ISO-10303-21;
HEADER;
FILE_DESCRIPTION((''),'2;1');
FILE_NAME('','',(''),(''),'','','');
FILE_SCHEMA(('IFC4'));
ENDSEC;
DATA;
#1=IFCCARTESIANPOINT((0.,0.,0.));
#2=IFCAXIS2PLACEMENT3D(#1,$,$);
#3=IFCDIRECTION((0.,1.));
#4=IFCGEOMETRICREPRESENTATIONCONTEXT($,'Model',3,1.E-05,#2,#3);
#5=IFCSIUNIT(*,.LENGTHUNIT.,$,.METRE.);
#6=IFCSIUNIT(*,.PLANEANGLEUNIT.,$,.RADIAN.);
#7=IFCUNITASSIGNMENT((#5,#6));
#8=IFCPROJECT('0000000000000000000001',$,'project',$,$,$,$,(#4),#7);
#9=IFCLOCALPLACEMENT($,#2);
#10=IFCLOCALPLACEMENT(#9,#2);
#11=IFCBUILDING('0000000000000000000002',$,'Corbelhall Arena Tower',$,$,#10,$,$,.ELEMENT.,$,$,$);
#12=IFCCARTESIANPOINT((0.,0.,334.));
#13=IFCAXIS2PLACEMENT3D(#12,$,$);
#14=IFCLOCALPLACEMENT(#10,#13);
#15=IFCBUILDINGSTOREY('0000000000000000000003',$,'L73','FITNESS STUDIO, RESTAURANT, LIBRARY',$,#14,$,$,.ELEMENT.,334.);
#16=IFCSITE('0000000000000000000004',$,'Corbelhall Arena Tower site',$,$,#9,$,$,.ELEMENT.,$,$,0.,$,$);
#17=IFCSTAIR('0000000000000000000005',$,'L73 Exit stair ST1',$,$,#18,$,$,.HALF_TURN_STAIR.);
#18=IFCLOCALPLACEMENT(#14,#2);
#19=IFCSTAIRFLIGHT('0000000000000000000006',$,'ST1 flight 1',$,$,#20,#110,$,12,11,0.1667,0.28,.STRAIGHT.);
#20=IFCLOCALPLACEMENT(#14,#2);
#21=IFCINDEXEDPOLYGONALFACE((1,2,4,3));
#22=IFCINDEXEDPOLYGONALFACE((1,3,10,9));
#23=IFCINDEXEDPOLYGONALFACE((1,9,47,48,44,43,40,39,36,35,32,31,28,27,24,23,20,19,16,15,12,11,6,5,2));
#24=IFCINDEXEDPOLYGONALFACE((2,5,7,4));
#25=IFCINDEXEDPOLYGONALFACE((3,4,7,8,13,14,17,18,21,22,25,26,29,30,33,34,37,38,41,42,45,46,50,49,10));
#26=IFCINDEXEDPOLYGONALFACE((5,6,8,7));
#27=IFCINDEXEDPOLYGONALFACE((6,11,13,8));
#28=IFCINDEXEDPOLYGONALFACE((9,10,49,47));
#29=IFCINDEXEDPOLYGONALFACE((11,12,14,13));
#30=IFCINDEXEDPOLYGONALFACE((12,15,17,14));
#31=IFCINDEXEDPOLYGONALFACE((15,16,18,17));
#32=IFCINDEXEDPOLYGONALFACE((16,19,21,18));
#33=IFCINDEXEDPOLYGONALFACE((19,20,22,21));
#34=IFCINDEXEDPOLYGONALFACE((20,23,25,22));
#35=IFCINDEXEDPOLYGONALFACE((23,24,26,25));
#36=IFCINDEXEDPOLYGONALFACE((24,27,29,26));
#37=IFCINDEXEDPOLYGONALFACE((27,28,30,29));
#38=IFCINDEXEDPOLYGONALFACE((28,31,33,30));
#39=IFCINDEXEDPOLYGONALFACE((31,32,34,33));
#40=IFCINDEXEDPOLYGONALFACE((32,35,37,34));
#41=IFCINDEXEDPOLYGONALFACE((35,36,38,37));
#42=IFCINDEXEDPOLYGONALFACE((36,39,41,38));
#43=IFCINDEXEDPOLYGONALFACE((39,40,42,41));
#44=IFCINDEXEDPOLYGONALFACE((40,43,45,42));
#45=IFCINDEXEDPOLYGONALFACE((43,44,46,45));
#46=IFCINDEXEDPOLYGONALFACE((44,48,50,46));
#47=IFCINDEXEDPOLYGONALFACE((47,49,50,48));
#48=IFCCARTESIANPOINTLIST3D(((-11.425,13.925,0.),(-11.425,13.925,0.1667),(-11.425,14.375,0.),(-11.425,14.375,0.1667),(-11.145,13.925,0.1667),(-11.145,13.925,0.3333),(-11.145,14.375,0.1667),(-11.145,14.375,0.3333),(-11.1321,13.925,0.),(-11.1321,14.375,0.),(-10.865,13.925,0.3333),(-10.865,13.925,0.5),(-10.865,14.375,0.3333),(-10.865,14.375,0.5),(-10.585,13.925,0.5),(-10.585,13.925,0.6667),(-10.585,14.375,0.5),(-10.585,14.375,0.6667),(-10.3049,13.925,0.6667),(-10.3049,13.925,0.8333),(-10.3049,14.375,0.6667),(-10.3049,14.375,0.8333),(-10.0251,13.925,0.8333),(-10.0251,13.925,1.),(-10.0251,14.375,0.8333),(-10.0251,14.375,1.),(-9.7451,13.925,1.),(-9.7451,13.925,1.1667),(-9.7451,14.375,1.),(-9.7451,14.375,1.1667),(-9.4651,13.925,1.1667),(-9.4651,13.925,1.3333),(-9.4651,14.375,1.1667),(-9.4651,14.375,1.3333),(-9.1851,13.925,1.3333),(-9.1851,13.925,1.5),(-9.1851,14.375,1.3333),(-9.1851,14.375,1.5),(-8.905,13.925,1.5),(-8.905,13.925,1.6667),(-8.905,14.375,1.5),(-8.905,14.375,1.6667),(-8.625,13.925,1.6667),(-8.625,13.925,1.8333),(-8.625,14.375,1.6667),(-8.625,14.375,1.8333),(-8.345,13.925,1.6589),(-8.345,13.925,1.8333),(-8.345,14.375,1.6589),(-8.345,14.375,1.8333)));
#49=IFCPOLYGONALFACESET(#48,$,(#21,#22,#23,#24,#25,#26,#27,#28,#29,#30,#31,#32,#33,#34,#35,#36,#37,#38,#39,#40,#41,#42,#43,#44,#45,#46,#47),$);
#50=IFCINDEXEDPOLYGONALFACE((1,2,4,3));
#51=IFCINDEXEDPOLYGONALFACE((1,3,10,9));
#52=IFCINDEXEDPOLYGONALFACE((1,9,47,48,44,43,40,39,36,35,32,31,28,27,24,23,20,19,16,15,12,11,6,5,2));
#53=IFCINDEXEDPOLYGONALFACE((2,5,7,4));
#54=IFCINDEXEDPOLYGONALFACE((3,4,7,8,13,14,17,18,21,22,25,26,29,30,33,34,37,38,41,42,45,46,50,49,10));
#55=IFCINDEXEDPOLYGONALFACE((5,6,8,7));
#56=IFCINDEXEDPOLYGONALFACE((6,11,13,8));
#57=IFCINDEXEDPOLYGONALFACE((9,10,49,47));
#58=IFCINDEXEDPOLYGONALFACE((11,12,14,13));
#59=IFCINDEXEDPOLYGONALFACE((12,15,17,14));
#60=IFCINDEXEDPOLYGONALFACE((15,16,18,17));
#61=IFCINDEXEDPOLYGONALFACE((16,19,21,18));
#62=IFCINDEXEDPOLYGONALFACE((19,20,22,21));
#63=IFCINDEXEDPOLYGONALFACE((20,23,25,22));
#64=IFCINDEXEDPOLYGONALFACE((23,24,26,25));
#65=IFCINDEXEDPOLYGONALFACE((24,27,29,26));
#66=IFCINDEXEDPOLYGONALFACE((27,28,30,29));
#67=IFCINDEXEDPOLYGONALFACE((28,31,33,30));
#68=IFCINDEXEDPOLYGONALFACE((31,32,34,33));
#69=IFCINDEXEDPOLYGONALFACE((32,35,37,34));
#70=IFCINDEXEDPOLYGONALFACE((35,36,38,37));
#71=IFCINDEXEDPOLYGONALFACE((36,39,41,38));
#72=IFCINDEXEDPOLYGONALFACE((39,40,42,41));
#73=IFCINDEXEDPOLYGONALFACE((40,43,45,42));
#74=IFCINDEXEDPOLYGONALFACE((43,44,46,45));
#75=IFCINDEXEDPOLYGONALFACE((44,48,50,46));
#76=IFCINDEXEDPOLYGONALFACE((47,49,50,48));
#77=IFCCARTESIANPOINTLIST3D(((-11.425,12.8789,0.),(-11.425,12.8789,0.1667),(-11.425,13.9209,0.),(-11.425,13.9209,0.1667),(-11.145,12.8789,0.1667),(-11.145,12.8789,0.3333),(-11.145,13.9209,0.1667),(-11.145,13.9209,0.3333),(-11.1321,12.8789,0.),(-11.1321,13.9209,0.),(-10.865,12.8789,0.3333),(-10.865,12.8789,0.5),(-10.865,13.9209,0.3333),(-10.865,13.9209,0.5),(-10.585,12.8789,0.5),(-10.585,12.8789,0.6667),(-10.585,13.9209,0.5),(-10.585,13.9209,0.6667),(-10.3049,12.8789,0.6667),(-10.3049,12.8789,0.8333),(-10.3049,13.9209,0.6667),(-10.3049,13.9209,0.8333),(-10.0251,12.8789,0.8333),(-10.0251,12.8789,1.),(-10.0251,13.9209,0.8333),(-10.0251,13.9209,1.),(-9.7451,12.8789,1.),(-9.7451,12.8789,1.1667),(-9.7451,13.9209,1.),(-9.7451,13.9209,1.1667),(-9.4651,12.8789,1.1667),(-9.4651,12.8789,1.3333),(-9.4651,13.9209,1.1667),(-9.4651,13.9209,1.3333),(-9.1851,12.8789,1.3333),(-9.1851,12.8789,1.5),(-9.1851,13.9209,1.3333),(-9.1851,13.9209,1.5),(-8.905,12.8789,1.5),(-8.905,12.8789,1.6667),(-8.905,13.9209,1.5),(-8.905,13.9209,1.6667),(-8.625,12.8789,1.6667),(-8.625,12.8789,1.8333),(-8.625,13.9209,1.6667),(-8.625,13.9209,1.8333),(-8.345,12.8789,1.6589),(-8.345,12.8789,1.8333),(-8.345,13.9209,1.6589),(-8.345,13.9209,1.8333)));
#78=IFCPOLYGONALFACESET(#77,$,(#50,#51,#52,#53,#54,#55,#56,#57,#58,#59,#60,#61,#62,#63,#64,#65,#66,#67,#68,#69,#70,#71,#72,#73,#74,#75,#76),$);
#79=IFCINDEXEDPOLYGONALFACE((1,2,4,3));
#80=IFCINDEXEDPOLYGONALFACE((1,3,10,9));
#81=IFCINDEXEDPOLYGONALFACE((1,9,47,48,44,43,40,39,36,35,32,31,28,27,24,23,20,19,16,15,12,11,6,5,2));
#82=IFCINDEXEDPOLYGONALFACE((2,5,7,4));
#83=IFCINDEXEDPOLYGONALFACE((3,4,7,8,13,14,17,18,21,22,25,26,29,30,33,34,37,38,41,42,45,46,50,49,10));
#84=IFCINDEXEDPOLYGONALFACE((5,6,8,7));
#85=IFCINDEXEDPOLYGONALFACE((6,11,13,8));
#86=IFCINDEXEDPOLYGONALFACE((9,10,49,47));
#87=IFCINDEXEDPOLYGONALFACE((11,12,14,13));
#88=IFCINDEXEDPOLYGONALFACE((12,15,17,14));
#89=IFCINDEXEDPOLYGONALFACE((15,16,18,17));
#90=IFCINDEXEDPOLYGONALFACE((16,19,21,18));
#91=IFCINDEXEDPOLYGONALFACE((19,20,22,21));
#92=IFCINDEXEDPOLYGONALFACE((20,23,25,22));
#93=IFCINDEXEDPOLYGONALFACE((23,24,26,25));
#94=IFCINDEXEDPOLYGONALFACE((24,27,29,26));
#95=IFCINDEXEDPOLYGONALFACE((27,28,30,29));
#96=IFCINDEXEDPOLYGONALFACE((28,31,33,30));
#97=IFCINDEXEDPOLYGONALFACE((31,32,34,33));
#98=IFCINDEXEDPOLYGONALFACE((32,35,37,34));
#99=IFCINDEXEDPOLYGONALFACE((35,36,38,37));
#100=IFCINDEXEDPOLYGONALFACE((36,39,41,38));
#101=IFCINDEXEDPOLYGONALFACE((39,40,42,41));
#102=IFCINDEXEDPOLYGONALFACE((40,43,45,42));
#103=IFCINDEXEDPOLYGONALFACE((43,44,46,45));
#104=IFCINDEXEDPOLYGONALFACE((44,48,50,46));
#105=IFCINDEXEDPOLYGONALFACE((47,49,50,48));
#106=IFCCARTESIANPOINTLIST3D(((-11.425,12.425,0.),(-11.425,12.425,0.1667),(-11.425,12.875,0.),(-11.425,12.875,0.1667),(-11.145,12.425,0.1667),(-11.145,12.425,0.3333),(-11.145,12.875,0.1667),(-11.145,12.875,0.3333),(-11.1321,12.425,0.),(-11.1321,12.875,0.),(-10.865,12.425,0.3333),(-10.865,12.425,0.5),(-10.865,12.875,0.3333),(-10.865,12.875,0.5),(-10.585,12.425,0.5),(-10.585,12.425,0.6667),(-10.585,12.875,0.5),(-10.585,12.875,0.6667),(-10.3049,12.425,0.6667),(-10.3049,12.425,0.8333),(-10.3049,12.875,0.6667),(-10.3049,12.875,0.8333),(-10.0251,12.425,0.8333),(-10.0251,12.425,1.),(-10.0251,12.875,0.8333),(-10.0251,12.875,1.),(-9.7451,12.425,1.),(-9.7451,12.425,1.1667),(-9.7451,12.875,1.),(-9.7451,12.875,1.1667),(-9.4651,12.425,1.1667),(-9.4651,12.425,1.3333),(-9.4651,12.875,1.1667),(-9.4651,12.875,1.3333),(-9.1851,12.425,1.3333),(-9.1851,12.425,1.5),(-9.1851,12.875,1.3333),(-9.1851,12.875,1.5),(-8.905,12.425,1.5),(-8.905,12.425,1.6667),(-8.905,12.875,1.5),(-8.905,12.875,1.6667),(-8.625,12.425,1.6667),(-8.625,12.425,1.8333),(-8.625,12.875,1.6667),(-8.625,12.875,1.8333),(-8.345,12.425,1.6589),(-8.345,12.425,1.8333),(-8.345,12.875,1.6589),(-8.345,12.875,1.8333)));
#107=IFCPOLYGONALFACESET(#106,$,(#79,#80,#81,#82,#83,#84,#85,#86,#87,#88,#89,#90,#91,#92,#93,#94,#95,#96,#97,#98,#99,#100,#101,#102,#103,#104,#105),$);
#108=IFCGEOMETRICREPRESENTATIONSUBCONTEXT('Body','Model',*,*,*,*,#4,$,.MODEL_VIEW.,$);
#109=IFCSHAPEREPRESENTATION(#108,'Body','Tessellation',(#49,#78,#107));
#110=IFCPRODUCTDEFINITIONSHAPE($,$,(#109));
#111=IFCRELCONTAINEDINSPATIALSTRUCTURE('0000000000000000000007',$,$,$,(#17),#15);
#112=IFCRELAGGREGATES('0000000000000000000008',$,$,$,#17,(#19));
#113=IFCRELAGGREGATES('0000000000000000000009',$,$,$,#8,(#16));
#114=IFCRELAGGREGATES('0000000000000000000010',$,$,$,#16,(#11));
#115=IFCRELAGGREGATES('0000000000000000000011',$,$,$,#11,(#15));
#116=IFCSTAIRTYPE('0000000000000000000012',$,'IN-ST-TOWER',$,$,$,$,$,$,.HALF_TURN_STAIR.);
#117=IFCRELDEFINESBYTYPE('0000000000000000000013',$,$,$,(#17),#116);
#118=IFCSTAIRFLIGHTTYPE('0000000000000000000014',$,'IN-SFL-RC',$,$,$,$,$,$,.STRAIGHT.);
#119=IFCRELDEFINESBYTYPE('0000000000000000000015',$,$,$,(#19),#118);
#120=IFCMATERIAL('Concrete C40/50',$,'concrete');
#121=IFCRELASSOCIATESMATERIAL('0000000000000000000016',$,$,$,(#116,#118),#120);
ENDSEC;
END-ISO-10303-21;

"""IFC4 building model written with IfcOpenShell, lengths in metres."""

from ifc_helpers import new_model, si_unit, direction, frame, origin, place, context, subcontext, project, spatial, polyline, outline, extrude, material, type_object, element, aggregate, save


model = new_model("IFC4")

# Units and contexts
model_context = context("Model", 3, precision=1e-05, world=origin(), true_north=direction((0.0, 1.0)))
body_context = subcontext(model_context, "Body", "Model", "MODEL_VIEW")
ifc_project = project(units=[si_unit("LENGTHUNIT", "METRE"), si_unit("PLANEANGLEUNIT", "RADIAN")], contexts=[model_context])

# Site, building, storey
site_placement = place(None, origin())
site = spatial("IfcSite", under=ifc_project, at=site_placement, Name="Corbelhall Arena Tower site", CompositionType="ELEMENT", RefElevation=0.0)
building_placement = place(site_placement, origin())
building = spatial("IfcBuilding", under=site, at=building_placement, Name="Corbelhall Arena Tower", CompositionType="ELEMENT")
storey_placement = place(building_placement, frame((0.0, 0.0, 334.0)))
storey = spatial("IfcBuildingStorey", under=building, at=storey_placement, Name="L73", Description="FITNESS STUDIO, RESTAURANT, LIBRARY", CompositionType="ELEMENT", Elevation=334.0)

# Shared definitions
ifc_material_1 = material(Name="Concrete C40/50", Category="concrete")

# Stair, stair flight
stair_type = type_object("IfcStairType", Name="IN-ST-TOWER", PredefinedType="HALF_TURN_STAIR", material=ifc_material_1)
stair_placement = place(storey_placement, origin())
stair = element("IfcStair", 1, at=stair_placement, inside=storey, type_object=stair_type, Name="L73 Exit stair ST1", PredefinedType="HALF_TURN_STAIR")
stair_flight_type = type_object("IfcStairFlightType", Name="IN-SFL-RC", PredefinedType="STRAIGHT", material=ifc_material_1)
stair_flight_placement = place(storey_placement, frame((-11.425, 13.3999, 0.0), z_axis=(0.0, 0.0, 1.0), x_axis=(1.0, 0.0, 0.0)))
stair_flight = element("IfcStairFlight", 2, at=stair_flight_placement, type_object=stair_flight_type, Name="ST1 flight 1", NumberOfRisers=12, NumberOfTreads=11, PredefinedType="STRAIGHT", RiserHeight=0.1667, TreadLength=0.28, context=body_context, shape_type="SweptSolid", body=[
    extrude(outline(polyline([(0.0, 0.0), (0.0, 0.1667), (0.28, 0.1667), (0.28, 0.3333), (0.5601, 0.3333), (0.5601, 0.5), (0.8401, 0.5), (0.8401, 0.6667), (1.1201, 0.6667), (1.1201, 0.8333), (1.3999, 0.8333), (1.3999, 1.0), (1.6799, 1.0), (1.6799, 1.1667), (1.96, 1.1667), (1.96, 1.3333), (2.24, 1.3333), (2.24, 1.5), (2.52, 1.5), (2.52, 1.6667), (2.8, 1.6667), (2.8, 1.8333), (3.0801, 1.8333), (3.0801, 2.0), (3.0801, 1.6589), (0.293, 0.0), (0.0, 0.0)])), frame((0.0, 0.9751, 0.0), z_axis=(0.0, -1.0, 0.0), x_axis=(1.0, 0.0, 0.0)), (0.0, 0.0, 1.0), 0.45),
    extrude(outline(polyline([(0.0, 0.0), (0.0, 0.1667), (0.28, 0.1667), (0.28, 0.3333), (0.5601, 0.3333), (0.5601, 0.5), (0.8401, 0.5), (0.8401, 0.6667), (1.1201, 0.6667), (1.1201, 0.8333), (1.3999, 0.8333), (1.3999, 1.0), (1.6799, 1.0), (1.6799, 1.1667), (1.96, 1.1667), (1.96, 1.3333), (2.24, 1.3333), (2.24, 1.5), (2.52, 1.5), (2.52, 1.6667), (2.8, 1.6667), (2.8, 1.8333), (3.0801, 1.8333), (3.0801, 2.0), (3.0801, 1.6589), (0.293, 0.0), (0.0, 0.0)])), frame((0.0, 0.521, 0.0), z_axis=(0.0, -1.0, 0.0), x_axis=(1.0, 0.0, 0.0)), (0.0, 0.0, 1.0), 1.042),
    extrude(outline(polyline([(0.0, 0.0), (0.0, 0.1667), (0.28, 0.1667), (0.28, 0.3333), (0.5601, 0.3333), (0.5601, 0.5), (0.8401, 0.5), (0.8401, 0.6667), (1.1201, 0.6667), (1.1201, 0.8333), (1.3999, 0.8333), (1.3999, 1.0), (1.6799, 1.0), (1.6799, 1.1667), (1.96, 1.1667), (1.96, 1.3333), (2.24, 1.3333), (2.24, 1.5), (2.52, 1.5), (2.52, 1.6667), (2.8, 1.6667), (2.8, 1.8333), (3.0801, 1.8333), (3.0801, 2.0), (3.0801, 1.6589), (0.293, 0.0), (0.0, 0.0)])), frame((0.0, -0.5249, 0.0), z_axis=(0.0, -1.0, 0.0), x_axis=(1.0, 0.0, 0.0)), (0.0, 0.0, 1.0), 0.45),
])
aggregate(stair, [stair_flight])

save(model, "model.ifc")
